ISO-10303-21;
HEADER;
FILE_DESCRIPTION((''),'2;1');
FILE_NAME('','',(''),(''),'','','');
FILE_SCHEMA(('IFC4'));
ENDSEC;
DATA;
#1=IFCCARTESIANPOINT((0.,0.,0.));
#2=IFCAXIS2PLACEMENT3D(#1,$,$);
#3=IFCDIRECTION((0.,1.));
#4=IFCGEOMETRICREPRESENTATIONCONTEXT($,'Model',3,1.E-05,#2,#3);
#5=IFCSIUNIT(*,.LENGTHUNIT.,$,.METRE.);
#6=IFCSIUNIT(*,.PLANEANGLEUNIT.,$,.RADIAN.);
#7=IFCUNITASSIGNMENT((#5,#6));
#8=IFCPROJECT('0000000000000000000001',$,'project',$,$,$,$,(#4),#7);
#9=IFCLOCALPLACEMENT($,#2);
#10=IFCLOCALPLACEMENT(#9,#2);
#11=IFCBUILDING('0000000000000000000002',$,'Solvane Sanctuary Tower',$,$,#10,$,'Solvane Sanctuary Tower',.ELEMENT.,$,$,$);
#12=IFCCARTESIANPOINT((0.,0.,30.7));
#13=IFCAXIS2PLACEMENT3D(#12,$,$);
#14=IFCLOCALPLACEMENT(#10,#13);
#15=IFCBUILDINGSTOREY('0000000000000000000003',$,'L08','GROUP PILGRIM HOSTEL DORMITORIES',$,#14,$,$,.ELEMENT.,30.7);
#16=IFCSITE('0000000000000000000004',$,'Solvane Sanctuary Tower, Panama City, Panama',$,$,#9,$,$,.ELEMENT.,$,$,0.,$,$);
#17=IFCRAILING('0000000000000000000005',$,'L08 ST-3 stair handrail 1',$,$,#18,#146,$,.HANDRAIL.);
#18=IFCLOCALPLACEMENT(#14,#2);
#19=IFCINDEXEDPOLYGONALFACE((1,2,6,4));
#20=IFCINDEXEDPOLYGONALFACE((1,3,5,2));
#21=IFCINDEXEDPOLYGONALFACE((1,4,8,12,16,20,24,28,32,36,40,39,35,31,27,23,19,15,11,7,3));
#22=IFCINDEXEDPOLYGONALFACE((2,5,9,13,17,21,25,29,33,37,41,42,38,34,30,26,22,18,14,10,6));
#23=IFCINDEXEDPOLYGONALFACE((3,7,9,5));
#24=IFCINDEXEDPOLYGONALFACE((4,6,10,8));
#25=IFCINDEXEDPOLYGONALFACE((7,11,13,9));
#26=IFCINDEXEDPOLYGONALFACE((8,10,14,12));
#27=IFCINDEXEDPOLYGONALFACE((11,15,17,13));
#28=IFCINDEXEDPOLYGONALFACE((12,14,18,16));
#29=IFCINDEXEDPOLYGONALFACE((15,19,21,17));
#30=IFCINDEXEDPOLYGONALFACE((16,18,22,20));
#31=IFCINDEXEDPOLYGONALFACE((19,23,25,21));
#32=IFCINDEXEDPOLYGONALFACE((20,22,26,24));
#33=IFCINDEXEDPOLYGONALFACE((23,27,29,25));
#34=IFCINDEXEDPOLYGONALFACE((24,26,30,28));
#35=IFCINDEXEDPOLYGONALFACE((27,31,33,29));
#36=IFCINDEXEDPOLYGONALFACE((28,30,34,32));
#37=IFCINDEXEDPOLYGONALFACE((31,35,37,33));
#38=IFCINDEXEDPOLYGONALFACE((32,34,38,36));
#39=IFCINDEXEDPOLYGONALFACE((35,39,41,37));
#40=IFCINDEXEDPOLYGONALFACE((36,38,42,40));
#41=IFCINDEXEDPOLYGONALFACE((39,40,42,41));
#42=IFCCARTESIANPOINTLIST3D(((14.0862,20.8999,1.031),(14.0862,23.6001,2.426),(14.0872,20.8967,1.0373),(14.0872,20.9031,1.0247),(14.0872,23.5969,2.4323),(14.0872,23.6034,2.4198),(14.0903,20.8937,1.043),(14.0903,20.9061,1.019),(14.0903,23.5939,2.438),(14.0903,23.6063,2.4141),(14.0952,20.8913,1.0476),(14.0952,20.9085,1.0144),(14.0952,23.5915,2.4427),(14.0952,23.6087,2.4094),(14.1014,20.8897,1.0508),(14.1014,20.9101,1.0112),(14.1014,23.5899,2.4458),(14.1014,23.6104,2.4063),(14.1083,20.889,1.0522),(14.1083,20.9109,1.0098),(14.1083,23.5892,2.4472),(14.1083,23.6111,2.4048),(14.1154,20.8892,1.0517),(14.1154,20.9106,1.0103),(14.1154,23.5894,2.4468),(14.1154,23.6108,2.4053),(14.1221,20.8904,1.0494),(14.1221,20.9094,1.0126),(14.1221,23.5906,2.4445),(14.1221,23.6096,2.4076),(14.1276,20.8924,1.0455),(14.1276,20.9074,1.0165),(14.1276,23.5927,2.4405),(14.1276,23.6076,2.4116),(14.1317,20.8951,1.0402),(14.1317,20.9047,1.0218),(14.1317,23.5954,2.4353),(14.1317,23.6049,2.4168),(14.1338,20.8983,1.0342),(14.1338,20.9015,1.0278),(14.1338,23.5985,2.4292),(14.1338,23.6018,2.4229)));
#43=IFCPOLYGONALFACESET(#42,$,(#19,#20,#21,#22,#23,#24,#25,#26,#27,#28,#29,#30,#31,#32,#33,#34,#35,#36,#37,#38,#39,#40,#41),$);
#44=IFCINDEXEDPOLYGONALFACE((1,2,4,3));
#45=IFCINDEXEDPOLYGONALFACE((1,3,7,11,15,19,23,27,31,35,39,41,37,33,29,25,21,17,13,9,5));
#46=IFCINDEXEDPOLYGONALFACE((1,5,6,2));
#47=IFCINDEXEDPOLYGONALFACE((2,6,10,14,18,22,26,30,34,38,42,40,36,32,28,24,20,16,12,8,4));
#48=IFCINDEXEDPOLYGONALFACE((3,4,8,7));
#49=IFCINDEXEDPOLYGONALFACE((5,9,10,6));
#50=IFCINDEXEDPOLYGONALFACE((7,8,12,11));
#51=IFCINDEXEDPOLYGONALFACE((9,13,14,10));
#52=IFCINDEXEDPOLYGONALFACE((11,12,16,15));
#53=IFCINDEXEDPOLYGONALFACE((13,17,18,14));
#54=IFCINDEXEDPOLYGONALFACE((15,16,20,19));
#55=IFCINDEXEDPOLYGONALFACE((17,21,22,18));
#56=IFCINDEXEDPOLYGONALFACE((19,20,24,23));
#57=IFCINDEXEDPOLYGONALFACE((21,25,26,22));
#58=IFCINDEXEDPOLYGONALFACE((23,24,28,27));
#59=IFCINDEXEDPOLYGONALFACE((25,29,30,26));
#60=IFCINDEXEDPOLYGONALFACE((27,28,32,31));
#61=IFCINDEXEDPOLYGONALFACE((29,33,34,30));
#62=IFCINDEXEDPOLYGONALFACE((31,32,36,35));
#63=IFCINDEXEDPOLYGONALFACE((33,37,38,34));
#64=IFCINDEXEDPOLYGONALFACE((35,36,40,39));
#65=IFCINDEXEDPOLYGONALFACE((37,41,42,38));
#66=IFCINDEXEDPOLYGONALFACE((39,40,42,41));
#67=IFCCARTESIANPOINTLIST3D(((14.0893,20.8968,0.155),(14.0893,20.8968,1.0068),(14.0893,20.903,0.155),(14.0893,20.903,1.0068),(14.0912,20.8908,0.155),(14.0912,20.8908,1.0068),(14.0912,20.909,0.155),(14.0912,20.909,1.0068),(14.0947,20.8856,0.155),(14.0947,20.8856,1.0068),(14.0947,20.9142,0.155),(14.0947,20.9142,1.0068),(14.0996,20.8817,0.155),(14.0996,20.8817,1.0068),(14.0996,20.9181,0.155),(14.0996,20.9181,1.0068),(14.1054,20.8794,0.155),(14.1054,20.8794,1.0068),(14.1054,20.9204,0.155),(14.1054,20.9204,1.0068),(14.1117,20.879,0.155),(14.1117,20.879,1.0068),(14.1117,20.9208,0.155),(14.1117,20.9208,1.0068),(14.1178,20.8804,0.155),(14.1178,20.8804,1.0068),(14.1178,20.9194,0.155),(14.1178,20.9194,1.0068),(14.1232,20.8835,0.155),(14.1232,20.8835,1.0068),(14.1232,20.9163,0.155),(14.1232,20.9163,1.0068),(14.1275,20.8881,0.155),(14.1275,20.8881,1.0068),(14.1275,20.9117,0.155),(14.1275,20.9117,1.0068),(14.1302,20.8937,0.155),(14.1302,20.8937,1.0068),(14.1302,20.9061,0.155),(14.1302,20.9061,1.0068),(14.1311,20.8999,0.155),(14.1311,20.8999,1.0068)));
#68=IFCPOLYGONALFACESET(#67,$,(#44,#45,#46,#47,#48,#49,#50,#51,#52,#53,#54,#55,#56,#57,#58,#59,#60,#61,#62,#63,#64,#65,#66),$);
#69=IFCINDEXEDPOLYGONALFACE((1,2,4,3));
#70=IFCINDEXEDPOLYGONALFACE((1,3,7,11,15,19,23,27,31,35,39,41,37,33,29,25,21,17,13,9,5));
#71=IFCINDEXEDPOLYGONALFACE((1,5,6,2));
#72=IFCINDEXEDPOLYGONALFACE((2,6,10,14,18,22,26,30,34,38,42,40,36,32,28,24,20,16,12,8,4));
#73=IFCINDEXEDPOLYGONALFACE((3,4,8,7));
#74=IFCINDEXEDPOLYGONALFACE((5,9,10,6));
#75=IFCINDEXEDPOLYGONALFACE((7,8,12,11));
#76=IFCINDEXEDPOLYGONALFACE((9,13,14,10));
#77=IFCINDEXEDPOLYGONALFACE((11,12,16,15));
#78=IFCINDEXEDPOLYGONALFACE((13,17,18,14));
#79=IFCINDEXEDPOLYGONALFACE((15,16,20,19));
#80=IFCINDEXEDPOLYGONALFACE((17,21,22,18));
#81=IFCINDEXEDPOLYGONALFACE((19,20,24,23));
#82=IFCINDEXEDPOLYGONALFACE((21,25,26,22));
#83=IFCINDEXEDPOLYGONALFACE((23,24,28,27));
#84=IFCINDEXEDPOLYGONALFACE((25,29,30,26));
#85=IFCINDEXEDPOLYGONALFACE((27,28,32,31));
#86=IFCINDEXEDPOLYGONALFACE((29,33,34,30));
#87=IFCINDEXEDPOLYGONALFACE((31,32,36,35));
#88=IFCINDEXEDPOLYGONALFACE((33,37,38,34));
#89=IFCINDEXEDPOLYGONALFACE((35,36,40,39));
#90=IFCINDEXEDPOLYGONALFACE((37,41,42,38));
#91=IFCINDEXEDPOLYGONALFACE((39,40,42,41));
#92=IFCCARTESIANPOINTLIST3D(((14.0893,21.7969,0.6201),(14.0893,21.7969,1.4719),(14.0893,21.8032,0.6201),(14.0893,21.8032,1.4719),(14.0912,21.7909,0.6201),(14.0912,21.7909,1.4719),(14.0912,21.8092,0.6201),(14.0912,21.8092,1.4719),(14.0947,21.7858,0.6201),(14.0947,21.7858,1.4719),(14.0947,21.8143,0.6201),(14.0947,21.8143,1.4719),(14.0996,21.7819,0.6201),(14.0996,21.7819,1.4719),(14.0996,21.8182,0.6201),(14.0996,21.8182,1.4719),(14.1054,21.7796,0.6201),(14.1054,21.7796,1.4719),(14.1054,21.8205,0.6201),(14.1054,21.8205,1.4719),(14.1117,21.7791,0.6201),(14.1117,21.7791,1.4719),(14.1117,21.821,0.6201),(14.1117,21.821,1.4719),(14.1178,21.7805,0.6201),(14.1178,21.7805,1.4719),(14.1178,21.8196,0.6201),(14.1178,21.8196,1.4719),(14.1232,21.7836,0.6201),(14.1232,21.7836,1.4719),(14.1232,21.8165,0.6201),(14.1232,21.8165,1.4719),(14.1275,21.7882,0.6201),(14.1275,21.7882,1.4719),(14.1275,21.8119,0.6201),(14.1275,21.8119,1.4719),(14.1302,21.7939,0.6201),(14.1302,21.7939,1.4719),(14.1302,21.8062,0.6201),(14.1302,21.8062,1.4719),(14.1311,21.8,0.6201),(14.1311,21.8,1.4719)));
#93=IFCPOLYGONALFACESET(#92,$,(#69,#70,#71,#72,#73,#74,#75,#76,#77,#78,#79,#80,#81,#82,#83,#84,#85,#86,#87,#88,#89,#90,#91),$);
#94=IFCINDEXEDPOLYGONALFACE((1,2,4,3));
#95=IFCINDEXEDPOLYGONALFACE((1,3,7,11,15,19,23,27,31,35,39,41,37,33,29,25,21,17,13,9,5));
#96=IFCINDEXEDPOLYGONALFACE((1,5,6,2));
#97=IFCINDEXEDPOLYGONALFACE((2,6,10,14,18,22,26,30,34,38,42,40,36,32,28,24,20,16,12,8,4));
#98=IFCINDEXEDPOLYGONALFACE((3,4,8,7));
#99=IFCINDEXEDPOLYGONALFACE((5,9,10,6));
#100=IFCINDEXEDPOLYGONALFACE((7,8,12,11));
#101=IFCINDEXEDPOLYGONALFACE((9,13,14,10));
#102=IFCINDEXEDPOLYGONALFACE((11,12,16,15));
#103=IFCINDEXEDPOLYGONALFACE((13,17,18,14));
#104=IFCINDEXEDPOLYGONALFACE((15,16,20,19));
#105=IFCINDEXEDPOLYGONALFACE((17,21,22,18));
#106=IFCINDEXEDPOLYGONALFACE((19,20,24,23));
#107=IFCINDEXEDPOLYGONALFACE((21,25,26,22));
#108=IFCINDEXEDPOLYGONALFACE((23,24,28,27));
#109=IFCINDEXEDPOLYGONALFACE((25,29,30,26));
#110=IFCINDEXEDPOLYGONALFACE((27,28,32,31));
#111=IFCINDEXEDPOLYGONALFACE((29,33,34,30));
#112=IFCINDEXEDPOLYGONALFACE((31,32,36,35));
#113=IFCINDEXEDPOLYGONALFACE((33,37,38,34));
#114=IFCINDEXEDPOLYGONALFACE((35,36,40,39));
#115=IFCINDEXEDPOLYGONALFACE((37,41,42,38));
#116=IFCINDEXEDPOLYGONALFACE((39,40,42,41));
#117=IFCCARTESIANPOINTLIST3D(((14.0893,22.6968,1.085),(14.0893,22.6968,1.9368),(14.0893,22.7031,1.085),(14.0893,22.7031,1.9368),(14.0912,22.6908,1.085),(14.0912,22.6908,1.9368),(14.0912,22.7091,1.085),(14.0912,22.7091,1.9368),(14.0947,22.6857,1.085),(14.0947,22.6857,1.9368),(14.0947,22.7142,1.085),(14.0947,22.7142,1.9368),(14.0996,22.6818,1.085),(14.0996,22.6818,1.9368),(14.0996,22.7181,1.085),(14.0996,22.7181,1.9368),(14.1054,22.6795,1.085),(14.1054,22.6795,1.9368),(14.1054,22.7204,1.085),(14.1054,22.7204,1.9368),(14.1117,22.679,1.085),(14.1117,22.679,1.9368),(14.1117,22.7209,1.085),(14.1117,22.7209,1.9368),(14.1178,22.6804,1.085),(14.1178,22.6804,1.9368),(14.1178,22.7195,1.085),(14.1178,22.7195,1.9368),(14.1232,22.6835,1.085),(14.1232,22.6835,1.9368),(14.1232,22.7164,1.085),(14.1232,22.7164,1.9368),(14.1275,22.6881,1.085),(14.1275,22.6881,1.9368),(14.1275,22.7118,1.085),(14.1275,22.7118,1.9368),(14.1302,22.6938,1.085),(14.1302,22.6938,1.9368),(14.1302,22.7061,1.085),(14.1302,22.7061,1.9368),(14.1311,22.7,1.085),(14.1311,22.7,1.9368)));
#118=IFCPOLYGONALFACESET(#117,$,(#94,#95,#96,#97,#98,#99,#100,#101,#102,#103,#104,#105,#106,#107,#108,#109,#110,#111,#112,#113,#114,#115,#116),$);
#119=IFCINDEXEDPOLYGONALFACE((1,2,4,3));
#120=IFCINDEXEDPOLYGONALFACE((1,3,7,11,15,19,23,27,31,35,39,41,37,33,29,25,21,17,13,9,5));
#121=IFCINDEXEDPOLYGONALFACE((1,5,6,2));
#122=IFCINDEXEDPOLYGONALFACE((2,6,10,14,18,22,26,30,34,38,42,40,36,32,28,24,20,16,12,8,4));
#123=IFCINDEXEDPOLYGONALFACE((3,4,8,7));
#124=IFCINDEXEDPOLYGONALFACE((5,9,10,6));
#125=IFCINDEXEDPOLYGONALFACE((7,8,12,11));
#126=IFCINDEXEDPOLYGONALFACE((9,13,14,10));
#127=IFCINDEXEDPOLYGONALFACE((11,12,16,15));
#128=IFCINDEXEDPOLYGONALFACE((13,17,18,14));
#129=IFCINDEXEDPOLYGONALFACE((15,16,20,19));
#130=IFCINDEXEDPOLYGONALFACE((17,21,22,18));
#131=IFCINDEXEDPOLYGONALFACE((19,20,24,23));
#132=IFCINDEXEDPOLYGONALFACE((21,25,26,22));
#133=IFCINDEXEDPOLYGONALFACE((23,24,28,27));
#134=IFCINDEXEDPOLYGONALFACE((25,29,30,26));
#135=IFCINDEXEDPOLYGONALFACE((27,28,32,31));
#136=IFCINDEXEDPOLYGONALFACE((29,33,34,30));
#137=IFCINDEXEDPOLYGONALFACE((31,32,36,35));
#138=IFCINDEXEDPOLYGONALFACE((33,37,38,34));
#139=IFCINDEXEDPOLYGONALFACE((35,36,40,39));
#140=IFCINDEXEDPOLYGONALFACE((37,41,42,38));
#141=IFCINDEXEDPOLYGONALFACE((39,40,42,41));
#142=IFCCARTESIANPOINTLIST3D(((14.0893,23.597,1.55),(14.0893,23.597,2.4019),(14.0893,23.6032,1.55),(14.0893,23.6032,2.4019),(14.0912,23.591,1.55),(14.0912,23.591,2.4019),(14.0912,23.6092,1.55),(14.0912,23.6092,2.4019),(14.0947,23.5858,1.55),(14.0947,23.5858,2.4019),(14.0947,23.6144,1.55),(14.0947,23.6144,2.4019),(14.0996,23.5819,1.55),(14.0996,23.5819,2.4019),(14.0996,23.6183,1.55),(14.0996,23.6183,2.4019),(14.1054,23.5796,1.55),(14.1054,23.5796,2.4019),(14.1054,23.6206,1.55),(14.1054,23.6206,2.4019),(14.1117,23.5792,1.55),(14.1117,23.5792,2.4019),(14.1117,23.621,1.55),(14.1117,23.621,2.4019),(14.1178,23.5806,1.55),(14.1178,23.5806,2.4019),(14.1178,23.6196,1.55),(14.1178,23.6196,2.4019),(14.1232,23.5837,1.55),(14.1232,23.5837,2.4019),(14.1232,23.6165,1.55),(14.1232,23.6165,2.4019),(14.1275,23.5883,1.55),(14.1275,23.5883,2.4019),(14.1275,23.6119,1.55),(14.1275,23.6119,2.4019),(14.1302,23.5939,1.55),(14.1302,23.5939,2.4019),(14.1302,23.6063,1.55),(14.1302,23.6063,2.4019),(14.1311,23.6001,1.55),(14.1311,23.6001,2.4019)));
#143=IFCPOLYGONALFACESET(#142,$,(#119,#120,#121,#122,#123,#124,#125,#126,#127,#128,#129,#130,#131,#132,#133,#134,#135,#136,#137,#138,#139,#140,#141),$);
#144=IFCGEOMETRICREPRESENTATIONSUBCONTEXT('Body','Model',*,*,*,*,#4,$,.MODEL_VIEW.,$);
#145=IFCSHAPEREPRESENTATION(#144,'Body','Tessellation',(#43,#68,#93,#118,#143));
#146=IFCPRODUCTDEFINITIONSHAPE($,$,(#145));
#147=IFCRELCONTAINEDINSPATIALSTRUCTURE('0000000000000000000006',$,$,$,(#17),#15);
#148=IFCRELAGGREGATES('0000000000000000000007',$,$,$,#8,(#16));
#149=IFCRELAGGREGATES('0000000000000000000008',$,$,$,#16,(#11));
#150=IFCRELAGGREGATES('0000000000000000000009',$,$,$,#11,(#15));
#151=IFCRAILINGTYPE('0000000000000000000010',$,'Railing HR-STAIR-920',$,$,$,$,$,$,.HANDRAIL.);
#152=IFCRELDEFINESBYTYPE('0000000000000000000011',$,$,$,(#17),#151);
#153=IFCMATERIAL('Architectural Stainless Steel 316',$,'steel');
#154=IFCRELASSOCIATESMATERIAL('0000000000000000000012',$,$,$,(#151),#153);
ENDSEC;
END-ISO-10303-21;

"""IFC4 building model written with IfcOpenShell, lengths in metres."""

from ifc_helpers import new_model, si_unit, direction, frame, origin, origin_2d, place, context, subcontext, project, spatial, circle, extrude, material, type_object, element, save


model = new_model("IFC4")

# Units and contexts
model_context = context("Model", 3, precision=1e-05, world=origin(), true_north=direction((0.0, 1.0)))
body_context = subcontext(model_context, "Body", "Model", "MODEL_VIEW")
ifc_project = project(units=[si_unit("LENGTHUNIT", "METRE"), si_unit("PLANEANGLEUNIT", "RADIAN")], contexts=[model_context])

# Site, building, storey
site_placement = place(None, origin())
site = spatial("IfcSite", under=ifc_project, at=site_placement, Name="Solvane Sanctuary Tower, Panama City, Panama", CompositionType="ELEMENT", RefElevation=0.0)
building_placement = place(site_placement, origin())
building = spatial("IfcBuilding", under=site, at=building_placement, Name="Solvane Sanctuary Tower", LongName="Solvane Sanctuary Tower", CompositionType="ELEMENT")
storey_placement = place(building_placement, frame((0.0, 0.0, 30.7)))
storey = spatial("IfcBuildingStorey", under=building, at=storey_placement, Name="L08", Description="GROUP PILGRIM HOSTEL DORMITORIES", CompositionType="ELEMENT", Elevation=30.7)

# Railing
ifc_material_1 = material(Name="Architectural Stainless Steel 316", Category="steel")
railing_type_1 = type_object("IfcRailingType", Name="Railing HR-STAIR-920", PredefinedType="HANDRAIL", material=ifc_material_1)
railing_1_placement = place(storey_placement, frame((14.1101, 20.8999, 0.155)))
element("IfcRailing", 1, at=railing_1_placement, inside=storey, type_object=railing_type_1, Name="L08 ST-3 stair handrail 1", PredefinedType="HANDRAIL", context=body_context, shape_type="SweptSolid", body=[
    extrude(circle(Radius=0.0239, at=origin_2d()), frame((0.0, 0.0, 0.876), z_axis=(0.0, 0.888437, 0.458999), x_axis=(-1.0, 0.0, 0.0)), (0.0, 0.0, 1.0), 3.0393),
    extrude(circle(Radius=0.021, at=origin_2d()), origin(), (0.0, 0.0, 1.0), 0.8518),
    extrude(circle(Radius=0.021, at=origin_2d()), frame((0.0, 0.9001, 0.4651)), (0.0, 0.0, 1.0), 0.8518),
    extrude(circle(Radius=0.021, at=origin_2d()), frame((0.0, 1.8, 0.9299)), (0.0, 0.0, 1.0), 0.8518),
    extrude(circle(Radius=0.021, at=origin_2d()), frame((0.0, 2.7002, 1.395)), (0.0, 0.0, 1.0), 0.8518),
])

save(model, "model.ifc")
